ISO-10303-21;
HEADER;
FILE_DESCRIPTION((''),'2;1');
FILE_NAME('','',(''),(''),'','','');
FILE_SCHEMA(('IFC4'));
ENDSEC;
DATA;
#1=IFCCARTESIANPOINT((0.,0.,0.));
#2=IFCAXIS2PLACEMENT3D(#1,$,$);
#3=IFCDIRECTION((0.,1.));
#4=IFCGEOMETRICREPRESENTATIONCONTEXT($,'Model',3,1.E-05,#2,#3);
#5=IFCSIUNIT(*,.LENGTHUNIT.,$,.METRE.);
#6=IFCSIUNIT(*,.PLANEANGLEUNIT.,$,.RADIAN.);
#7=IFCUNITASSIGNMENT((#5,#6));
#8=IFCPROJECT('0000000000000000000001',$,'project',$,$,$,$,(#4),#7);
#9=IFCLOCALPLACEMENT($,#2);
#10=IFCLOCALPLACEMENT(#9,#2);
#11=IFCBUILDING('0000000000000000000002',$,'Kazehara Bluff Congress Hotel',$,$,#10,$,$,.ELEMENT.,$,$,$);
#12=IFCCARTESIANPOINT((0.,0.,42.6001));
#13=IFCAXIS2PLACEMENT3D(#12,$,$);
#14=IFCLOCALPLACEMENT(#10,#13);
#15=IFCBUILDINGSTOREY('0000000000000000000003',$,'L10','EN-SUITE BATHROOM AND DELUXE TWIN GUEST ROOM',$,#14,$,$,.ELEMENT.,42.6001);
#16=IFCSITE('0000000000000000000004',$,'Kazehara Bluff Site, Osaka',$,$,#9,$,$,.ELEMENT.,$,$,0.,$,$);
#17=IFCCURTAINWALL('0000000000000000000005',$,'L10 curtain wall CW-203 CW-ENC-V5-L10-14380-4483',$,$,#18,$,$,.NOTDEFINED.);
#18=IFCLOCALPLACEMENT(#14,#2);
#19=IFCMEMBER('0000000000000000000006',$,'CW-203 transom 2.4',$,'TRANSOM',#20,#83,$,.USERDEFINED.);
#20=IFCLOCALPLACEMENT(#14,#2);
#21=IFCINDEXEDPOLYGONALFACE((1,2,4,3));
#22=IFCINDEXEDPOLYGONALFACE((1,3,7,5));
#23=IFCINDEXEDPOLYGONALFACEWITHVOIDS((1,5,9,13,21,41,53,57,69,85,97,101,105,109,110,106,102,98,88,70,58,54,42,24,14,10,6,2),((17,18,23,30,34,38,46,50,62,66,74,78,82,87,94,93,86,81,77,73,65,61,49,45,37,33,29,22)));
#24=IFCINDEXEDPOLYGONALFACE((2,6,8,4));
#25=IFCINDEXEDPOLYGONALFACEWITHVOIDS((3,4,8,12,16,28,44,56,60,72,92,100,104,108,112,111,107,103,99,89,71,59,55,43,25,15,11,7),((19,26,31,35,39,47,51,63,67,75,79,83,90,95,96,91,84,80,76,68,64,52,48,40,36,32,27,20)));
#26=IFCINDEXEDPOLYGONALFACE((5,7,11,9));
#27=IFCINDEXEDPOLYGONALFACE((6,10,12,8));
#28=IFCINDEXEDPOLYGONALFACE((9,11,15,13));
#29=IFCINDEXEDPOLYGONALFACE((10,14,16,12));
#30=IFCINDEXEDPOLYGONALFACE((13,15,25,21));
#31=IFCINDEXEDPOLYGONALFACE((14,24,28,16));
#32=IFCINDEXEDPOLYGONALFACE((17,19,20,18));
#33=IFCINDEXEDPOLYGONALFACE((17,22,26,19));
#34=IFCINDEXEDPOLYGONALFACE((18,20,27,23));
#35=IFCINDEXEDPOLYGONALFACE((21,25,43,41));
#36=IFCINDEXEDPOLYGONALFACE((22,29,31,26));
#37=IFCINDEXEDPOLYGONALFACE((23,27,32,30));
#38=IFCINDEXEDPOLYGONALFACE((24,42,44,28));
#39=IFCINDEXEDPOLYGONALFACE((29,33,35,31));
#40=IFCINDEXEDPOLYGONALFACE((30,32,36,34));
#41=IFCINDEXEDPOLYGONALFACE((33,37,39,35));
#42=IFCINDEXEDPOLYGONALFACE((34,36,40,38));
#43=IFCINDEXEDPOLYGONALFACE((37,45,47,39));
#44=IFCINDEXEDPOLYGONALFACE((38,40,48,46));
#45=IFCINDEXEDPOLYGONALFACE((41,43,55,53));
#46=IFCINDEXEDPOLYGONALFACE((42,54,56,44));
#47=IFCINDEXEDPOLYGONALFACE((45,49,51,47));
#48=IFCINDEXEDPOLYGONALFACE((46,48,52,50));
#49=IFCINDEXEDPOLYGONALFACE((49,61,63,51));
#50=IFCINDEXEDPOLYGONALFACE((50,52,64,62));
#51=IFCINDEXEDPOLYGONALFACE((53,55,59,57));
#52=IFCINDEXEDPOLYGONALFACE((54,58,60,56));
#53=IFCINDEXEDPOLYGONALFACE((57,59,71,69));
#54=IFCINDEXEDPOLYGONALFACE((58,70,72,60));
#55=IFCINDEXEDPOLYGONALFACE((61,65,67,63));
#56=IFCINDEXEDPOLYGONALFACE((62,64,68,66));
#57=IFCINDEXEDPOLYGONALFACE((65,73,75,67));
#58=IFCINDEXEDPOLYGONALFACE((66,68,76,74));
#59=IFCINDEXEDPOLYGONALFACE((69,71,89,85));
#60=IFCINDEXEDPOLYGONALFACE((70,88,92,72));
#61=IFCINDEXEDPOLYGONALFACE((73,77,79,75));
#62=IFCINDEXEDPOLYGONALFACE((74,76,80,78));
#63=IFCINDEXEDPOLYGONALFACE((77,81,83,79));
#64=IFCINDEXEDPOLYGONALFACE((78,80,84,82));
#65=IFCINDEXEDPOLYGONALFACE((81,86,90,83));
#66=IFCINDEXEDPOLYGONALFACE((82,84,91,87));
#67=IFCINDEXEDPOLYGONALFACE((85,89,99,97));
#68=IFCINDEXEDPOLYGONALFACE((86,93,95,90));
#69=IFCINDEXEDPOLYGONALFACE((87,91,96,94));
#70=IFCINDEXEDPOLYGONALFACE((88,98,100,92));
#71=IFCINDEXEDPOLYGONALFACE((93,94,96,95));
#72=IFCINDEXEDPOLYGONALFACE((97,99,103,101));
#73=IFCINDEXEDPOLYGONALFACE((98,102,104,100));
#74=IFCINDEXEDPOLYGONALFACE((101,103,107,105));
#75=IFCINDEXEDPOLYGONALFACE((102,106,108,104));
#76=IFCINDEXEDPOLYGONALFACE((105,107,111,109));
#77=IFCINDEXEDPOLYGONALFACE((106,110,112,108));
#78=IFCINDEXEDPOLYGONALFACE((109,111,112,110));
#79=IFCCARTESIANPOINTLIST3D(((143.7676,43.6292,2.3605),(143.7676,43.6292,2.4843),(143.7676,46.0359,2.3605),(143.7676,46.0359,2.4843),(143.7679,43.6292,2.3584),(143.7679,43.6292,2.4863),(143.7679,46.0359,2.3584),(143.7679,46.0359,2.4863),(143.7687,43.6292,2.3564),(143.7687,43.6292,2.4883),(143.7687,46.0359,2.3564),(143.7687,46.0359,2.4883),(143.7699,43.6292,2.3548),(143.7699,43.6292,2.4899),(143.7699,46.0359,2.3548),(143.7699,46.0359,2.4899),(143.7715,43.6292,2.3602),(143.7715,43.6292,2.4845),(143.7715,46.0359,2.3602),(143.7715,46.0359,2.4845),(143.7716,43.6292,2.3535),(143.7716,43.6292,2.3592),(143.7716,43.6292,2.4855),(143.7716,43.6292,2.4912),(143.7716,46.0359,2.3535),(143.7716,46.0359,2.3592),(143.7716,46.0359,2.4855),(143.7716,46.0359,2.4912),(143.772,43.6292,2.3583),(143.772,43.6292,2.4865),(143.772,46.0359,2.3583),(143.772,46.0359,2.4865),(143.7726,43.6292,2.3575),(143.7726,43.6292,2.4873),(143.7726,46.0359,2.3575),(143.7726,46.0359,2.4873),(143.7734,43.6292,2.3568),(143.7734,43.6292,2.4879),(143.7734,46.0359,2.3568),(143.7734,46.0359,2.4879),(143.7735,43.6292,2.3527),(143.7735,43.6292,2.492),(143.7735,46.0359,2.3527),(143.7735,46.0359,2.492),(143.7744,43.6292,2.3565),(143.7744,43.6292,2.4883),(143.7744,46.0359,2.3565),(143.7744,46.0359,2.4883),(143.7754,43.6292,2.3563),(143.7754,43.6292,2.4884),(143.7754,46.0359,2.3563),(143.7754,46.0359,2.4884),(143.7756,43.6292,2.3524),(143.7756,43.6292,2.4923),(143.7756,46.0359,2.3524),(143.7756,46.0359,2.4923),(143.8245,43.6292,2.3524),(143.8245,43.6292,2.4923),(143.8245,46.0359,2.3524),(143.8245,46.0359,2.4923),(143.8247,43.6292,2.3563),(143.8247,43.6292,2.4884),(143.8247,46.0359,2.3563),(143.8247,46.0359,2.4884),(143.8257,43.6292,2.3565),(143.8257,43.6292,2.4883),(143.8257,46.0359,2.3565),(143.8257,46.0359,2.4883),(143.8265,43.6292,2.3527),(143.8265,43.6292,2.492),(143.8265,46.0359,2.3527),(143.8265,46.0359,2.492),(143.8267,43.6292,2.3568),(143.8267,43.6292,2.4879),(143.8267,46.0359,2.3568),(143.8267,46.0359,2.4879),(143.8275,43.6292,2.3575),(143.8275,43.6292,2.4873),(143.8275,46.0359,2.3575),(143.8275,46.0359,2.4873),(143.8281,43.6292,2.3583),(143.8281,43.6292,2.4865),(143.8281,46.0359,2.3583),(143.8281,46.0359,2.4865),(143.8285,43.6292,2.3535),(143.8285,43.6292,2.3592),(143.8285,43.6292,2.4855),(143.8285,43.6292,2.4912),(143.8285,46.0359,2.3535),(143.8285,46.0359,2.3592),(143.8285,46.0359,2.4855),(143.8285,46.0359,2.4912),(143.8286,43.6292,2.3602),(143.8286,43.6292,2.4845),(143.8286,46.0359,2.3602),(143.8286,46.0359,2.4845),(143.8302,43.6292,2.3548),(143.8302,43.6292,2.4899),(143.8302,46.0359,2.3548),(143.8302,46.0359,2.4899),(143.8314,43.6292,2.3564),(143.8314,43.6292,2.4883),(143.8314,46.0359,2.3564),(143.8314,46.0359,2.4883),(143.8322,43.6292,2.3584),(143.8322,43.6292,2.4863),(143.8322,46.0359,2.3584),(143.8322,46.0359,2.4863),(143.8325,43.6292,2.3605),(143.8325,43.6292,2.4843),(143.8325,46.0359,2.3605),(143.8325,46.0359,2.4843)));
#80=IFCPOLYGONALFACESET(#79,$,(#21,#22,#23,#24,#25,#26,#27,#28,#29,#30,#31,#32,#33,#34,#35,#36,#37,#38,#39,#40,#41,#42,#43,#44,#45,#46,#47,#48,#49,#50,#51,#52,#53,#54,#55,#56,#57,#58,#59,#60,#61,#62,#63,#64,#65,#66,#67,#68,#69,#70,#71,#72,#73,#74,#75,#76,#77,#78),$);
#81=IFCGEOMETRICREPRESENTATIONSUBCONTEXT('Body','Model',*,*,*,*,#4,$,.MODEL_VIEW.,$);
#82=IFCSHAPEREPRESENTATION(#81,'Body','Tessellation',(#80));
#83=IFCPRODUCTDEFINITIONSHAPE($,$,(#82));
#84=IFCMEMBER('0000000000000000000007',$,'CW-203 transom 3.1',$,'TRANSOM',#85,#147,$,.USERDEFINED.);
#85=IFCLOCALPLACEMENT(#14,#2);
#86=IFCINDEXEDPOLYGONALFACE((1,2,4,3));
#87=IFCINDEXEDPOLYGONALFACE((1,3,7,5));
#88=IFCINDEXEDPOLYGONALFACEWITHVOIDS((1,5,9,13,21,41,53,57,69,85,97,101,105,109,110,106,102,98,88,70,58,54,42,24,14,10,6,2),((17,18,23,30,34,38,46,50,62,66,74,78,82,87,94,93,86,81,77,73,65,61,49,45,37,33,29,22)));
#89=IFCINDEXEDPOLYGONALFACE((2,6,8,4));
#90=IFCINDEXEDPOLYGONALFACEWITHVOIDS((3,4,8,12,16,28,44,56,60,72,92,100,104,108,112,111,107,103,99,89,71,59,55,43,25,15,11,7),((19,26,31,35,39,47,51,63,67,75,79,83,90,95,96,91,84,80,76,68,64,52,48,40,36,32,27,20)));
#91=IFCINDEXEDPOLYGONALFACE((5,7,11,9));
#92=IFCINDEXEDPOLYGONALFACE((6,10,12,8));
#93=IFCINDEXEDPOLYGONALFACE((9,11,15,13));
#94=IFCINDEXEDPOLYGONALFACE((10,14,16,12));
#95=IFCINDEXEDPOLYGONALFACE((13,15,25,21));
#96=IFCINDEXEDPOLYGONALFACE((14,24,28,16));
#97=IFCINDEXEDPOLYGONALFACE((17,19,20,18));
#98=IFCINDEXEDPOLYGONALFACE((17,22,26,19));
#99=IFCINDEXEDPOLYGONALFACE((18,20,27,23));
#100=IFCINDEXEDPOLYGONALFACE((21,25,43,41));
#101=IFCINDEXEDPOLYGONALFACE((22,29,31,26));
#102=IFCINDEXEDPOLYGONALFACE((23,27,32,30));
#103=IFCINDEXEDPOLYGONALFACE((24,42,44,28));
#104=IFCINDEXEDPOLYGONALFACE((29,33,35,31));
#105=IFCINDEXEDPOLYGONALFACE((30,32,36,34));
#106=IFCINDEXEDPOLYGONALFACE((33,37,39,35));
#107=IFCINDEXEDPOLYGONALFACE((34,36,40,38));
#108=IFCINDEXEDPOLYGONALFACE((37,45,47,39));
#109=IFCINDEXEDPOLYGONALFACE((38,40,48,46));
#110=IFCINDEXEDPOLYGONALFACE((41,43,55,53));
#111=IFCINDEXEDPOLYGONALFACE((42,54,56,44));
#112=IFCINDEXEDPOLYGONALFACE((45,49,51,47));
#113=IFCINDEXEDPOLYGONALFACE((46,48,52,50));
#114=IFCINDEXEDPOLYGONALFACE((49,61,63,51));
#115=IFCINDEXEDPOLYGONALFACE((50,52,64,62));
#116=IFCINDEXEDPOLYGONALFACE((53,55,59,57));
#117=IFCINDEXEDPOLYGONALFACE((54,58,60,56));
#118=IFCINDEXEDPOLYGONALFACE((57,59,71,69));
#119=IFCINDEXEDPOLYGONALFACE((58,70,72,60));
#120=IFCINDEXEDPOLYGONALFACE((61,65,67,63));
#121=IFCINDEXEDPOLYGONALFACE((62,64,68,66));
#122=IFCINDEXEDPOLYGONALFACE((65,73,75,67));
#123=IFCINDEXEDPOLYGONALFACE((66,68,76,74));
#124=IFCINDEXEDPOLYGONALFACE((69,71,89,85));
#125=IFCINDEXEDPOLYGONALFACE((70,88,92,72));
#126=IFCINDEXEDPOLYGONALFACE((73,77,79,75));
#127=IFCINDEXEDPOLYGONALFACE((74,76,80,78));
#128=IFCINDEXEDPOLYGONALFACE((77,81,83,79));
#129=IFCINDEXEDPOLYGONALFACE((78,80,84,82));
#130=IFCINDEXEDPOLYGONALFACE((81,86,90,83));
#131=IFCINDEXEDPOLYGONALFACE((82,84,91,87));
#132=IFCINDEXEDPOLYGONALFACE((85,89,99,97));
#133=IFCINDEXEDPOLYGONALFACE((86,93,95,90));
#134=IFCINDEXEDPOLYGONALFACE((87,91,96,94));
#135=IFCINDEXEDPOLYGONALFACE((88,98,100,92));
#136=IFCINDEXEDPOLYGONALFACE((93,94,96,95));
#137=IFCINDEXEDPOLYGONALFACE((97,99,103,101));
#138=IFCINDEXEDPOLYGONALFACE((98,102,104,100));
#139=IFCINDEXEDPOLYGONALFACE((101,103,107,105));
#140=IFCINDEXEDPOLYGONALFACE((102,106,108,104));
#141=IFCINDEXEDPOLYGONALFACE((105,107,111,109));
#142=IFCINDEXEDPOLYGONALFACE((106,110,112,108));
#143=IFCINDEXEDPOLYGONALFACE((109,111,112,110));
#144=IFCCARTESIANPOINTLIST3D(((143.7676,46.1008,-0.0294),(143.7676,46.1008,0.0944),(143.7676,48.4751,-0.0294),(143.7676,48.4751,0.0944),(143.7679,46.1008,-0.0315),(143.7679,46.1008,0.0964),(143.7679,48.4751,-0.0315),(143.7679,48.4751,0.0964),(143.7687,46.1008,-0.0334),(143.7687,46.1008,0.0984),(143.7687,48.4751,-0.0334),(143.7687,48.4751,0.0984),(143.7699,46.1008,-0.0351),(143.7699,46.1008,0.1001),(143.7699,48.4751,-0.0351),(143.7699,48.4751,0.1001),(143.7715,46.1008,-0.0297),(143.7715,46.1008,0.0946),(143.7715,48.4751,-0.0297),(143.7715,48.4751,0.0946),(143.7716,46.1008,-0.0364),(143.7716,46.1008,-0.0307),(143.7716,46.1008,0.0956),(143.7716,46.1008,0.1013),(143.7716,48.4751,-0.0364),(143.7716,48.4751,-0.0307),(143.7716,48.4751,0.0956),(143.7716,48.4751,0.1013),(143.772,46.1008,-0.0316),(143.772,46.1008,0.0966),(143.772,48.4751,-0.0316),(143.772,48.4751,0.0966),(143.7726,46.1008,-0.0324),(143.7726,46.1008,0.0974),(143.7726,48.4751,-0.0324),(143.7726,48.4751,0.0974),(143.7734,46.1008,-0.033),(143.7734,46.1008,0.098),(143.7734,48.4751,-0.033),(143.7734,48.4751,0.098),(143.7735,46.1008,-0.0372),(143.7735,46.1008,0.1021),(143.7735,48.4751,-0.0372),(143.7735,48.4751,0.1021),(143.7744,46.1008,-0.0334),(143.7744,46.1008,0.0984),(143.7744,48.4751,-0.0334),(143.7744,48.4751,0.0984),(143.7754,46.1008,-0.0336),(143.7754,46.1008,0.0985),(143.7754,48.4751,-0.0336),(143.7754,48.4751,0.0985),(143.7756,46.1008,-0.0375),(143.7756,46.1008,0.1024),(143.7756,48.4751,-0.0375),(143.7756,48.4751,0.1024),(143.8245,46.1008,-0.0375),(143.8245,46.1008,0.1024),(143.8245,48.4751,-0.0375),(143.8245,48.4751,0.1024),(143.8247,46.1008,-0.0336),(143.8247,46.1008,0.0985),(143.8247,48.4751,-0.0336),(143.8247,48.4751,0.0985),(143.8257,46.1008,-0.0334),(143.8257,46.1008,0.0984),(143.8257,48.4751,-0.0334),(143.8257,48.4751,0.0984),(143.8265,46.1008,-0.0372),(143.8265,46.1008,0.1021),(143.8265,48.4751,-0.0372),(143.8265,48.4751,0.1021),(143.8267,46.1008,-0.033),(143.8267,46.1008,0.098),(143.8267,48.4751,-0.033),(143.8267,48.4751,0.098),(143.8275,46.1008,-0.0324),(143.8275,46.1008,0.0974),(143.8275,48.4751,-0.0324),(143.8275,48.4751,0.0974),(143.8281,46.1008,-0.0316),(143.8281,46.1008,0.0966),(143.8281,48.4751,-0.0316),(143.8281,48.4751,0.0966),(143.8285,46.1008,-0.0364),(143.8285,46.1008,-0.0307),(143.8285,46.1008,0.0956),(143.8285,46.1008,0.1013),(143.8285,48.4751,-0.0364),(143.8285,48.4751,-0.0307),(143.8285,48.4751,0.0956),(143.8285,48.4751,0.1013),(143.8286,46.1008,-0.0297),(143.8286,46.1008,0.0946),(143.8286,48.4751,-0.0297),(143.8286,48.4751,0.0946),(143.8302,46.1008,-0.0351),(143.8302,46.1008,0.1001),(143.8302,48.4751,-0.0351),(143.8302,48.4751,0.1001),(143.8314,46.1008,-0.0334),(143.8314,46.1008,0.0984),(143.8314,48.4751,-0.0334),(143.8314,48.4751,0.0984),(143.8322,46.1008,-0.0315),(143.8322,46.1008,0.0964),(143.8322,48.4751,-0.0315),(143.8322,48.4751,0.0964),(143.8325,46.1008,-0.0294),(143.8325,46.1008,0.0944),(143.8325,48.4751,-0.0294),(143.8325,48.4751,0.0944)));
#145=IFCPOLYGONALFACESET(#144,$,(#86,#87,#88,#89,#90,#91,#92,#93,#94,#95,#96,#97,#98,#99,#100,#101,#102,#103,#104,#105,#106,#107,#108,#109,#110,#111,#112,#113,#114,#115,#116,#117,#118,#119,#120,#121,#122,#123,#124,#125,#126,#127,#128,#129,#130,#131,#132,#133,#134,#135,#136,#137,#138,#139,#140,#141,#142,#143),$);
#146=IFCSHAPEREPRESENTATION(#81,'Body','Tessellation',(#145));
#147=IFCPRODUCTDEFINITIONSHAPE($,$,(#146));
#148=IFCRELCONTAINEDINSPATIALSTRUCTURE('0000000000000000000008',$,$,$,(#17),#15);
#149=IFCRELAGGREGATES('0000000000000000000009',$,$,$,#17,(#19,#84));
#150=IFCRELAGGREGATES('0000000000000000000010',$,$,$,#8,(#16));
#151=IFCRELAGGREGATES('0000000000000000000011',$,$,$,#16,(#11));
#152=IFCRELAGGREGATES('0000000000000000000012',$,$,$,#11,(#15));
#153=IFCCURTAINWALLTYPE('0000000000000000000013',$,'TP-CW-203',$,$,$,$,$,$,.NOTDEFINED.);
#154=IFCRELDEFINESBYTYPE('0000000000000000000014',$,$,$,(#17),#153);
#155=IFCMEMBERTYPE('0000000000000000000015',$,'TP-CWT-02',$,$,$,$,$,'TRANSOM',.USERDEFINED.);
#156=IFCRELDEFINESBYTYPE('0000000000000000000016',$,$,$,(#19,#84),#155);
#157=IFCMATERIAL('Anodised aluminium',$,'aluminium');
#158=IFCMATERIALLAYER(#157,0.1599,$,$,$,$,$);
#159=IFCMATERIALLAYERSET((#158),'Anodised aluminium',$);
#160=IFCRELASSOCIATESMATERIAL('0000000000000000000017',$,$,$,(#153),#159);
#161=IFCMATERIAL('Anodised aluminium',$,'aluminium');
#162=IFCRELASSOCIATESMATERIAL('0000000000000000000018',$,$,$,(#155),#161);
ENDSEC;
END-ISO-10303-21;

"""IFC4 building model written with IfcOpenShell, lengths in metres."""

from ifc_helpers import new_model, si_unit, direction, frame, origin, origin_2d, place, context, subcontext, project, spatial, hollow_rectangle, extrude, material, layer, layer_set, material_profile, profile_set, type_object, element, aggregate, save


model = new_model("IFC4")

# Units and contexts
model_context = context("Model", 3, precision=1e-05, world=origin(), true_north=direction((0.0, 1.0)))
body_context = subcontext(model_context, "Body", "Model", "MODEL_VIEW")
ifc_project = project(units=[si_unit("LENGTHUNIT", "METRE"), si_unit("PLANEANGLEUNIT", "RADIAN")], contexts=[model_context])

# Site, building, storey
site_placement = place(None, origin())
site = spatial("IfcSite", under=ifc_project, at=site_placement, Name="Kazehara Bluff Site, Osaka", CompositionType="ELEMENT", RefElevation=0.0)
building_placement = place(site_placement, origin())
building = spatial("IfcBuilding", under=site, at=building_placement, Name="Kazehara Bluff Congress Hotel", CompositionType="ELEMENT")
storey_placement = place(building_placement, frame((0.0, 0.0, 42.6001)))
storey = spatial("IfcBuildingStorey", under=building, at=storey_placement, Name="L10", Description="EN-SUITE BATHROOM AND DELUXE TWIN GUEST ROOM", CompositionType="ELEMENT", Elevation=42.6001)

# Curtain wall
ifc_material_1 = material(Name="Anodised aluminium", Category="aluminium")
ifc_layer_1 = layer(ifc_material_1, 0.1599)
ifc_layer_set_1 = layer_set([ifc_layer_1], Name="Anodised aluminium")
curtain_wall_type_1 = type_object("IfcCurtainWallType", Name="TP-CW-203", PredefinedType="NOTDEFINED", material=ifc_layer_set_1)
curtain_wall_1_placement = place(storey_placement, origin())
curtain_wall_1 = element("IfcCurtainWall", 1, at=curtain_wall_1_placement, inside=storey, type_object=curtain_wall_type_1, Name="L10 curtain wall CW-203 CW-ENC-V5-L10-14380-4483", PredefinedType="NOTDEFINED")

# Members
ifc_material_2 = material(Name="Anodised aluminium", Category="aluminium")
ifc_material_profile_1 = material_profile(ifc_material_2, hollow_rectangle(XDim=0.0649, YDim=0.1399, WallThickness=0.0039, InnerFilletRadius=0.0039, OuterFilletRadius=0.0081, at=origin_2d()))
ifc_profile_set_1 = profile_set([ifc_material_profile_1], Name="Anodised aluminium")
member_type_1 = type_object("IfcMemberType", Name="TP-CWT-02", ElementType="TRANSOM", PredefinedType="USERDEFINED", material=ifc_profile_set_1)
member_1_placement = place(storey_placement, frame((143.8, 43.6292, 2.4224), z_axis=(0.0, 1.0, 0.0), x_axis=(-1.0, 0.0, 0.0)))
member_1 = element("IfcMember", 2, at=member_1_placement, type_object=member_type_1, Name="CW-203 transom 2.4", ObjectType="TRANSOM", PredefinedType="USERDEFINED", context=body_context, shape_type="SweptSolid", body=[
    extrude(hollow_rectangle(XDim=0.0649, YDim=0.1399, WallThickness=0.0039, InnerFilletRadius=0.0039, OuterFilletRadius=0.0081, at=origin_2d()), origin(), (0.0, 0.0, 1.0), 2.4067),
])
member_2_placement = place(storey_placement, frame((143.8, 46.1008, 0.0325), z_axis=(0.0, 1.0, 0.0), x_axis=(-1.0, 0.0, 0.0)))
member_2 = element("IfcMember", 3, at=member_2_placement, type_object=member_type_1, Name="CW-203 transom 3.1", ObjectType="TRANSOM", PredefinedType="USERDEFINED", context=body_context, shape_type="SweptSolid", body=[
    extrude(hollow_rectangle(XDim=0.0649, YDim=0.1399, WallThickness=0.0039, InnerFilletRadius=0.0039, OuterFilletRadius=0.0081, at=origin_2d()), origin(), (0.0, 0.0, 1.0), 2.3743),
])

aggregate(curtain_wall_1, [member_1, member_2])

save(model, "model.ifc")
